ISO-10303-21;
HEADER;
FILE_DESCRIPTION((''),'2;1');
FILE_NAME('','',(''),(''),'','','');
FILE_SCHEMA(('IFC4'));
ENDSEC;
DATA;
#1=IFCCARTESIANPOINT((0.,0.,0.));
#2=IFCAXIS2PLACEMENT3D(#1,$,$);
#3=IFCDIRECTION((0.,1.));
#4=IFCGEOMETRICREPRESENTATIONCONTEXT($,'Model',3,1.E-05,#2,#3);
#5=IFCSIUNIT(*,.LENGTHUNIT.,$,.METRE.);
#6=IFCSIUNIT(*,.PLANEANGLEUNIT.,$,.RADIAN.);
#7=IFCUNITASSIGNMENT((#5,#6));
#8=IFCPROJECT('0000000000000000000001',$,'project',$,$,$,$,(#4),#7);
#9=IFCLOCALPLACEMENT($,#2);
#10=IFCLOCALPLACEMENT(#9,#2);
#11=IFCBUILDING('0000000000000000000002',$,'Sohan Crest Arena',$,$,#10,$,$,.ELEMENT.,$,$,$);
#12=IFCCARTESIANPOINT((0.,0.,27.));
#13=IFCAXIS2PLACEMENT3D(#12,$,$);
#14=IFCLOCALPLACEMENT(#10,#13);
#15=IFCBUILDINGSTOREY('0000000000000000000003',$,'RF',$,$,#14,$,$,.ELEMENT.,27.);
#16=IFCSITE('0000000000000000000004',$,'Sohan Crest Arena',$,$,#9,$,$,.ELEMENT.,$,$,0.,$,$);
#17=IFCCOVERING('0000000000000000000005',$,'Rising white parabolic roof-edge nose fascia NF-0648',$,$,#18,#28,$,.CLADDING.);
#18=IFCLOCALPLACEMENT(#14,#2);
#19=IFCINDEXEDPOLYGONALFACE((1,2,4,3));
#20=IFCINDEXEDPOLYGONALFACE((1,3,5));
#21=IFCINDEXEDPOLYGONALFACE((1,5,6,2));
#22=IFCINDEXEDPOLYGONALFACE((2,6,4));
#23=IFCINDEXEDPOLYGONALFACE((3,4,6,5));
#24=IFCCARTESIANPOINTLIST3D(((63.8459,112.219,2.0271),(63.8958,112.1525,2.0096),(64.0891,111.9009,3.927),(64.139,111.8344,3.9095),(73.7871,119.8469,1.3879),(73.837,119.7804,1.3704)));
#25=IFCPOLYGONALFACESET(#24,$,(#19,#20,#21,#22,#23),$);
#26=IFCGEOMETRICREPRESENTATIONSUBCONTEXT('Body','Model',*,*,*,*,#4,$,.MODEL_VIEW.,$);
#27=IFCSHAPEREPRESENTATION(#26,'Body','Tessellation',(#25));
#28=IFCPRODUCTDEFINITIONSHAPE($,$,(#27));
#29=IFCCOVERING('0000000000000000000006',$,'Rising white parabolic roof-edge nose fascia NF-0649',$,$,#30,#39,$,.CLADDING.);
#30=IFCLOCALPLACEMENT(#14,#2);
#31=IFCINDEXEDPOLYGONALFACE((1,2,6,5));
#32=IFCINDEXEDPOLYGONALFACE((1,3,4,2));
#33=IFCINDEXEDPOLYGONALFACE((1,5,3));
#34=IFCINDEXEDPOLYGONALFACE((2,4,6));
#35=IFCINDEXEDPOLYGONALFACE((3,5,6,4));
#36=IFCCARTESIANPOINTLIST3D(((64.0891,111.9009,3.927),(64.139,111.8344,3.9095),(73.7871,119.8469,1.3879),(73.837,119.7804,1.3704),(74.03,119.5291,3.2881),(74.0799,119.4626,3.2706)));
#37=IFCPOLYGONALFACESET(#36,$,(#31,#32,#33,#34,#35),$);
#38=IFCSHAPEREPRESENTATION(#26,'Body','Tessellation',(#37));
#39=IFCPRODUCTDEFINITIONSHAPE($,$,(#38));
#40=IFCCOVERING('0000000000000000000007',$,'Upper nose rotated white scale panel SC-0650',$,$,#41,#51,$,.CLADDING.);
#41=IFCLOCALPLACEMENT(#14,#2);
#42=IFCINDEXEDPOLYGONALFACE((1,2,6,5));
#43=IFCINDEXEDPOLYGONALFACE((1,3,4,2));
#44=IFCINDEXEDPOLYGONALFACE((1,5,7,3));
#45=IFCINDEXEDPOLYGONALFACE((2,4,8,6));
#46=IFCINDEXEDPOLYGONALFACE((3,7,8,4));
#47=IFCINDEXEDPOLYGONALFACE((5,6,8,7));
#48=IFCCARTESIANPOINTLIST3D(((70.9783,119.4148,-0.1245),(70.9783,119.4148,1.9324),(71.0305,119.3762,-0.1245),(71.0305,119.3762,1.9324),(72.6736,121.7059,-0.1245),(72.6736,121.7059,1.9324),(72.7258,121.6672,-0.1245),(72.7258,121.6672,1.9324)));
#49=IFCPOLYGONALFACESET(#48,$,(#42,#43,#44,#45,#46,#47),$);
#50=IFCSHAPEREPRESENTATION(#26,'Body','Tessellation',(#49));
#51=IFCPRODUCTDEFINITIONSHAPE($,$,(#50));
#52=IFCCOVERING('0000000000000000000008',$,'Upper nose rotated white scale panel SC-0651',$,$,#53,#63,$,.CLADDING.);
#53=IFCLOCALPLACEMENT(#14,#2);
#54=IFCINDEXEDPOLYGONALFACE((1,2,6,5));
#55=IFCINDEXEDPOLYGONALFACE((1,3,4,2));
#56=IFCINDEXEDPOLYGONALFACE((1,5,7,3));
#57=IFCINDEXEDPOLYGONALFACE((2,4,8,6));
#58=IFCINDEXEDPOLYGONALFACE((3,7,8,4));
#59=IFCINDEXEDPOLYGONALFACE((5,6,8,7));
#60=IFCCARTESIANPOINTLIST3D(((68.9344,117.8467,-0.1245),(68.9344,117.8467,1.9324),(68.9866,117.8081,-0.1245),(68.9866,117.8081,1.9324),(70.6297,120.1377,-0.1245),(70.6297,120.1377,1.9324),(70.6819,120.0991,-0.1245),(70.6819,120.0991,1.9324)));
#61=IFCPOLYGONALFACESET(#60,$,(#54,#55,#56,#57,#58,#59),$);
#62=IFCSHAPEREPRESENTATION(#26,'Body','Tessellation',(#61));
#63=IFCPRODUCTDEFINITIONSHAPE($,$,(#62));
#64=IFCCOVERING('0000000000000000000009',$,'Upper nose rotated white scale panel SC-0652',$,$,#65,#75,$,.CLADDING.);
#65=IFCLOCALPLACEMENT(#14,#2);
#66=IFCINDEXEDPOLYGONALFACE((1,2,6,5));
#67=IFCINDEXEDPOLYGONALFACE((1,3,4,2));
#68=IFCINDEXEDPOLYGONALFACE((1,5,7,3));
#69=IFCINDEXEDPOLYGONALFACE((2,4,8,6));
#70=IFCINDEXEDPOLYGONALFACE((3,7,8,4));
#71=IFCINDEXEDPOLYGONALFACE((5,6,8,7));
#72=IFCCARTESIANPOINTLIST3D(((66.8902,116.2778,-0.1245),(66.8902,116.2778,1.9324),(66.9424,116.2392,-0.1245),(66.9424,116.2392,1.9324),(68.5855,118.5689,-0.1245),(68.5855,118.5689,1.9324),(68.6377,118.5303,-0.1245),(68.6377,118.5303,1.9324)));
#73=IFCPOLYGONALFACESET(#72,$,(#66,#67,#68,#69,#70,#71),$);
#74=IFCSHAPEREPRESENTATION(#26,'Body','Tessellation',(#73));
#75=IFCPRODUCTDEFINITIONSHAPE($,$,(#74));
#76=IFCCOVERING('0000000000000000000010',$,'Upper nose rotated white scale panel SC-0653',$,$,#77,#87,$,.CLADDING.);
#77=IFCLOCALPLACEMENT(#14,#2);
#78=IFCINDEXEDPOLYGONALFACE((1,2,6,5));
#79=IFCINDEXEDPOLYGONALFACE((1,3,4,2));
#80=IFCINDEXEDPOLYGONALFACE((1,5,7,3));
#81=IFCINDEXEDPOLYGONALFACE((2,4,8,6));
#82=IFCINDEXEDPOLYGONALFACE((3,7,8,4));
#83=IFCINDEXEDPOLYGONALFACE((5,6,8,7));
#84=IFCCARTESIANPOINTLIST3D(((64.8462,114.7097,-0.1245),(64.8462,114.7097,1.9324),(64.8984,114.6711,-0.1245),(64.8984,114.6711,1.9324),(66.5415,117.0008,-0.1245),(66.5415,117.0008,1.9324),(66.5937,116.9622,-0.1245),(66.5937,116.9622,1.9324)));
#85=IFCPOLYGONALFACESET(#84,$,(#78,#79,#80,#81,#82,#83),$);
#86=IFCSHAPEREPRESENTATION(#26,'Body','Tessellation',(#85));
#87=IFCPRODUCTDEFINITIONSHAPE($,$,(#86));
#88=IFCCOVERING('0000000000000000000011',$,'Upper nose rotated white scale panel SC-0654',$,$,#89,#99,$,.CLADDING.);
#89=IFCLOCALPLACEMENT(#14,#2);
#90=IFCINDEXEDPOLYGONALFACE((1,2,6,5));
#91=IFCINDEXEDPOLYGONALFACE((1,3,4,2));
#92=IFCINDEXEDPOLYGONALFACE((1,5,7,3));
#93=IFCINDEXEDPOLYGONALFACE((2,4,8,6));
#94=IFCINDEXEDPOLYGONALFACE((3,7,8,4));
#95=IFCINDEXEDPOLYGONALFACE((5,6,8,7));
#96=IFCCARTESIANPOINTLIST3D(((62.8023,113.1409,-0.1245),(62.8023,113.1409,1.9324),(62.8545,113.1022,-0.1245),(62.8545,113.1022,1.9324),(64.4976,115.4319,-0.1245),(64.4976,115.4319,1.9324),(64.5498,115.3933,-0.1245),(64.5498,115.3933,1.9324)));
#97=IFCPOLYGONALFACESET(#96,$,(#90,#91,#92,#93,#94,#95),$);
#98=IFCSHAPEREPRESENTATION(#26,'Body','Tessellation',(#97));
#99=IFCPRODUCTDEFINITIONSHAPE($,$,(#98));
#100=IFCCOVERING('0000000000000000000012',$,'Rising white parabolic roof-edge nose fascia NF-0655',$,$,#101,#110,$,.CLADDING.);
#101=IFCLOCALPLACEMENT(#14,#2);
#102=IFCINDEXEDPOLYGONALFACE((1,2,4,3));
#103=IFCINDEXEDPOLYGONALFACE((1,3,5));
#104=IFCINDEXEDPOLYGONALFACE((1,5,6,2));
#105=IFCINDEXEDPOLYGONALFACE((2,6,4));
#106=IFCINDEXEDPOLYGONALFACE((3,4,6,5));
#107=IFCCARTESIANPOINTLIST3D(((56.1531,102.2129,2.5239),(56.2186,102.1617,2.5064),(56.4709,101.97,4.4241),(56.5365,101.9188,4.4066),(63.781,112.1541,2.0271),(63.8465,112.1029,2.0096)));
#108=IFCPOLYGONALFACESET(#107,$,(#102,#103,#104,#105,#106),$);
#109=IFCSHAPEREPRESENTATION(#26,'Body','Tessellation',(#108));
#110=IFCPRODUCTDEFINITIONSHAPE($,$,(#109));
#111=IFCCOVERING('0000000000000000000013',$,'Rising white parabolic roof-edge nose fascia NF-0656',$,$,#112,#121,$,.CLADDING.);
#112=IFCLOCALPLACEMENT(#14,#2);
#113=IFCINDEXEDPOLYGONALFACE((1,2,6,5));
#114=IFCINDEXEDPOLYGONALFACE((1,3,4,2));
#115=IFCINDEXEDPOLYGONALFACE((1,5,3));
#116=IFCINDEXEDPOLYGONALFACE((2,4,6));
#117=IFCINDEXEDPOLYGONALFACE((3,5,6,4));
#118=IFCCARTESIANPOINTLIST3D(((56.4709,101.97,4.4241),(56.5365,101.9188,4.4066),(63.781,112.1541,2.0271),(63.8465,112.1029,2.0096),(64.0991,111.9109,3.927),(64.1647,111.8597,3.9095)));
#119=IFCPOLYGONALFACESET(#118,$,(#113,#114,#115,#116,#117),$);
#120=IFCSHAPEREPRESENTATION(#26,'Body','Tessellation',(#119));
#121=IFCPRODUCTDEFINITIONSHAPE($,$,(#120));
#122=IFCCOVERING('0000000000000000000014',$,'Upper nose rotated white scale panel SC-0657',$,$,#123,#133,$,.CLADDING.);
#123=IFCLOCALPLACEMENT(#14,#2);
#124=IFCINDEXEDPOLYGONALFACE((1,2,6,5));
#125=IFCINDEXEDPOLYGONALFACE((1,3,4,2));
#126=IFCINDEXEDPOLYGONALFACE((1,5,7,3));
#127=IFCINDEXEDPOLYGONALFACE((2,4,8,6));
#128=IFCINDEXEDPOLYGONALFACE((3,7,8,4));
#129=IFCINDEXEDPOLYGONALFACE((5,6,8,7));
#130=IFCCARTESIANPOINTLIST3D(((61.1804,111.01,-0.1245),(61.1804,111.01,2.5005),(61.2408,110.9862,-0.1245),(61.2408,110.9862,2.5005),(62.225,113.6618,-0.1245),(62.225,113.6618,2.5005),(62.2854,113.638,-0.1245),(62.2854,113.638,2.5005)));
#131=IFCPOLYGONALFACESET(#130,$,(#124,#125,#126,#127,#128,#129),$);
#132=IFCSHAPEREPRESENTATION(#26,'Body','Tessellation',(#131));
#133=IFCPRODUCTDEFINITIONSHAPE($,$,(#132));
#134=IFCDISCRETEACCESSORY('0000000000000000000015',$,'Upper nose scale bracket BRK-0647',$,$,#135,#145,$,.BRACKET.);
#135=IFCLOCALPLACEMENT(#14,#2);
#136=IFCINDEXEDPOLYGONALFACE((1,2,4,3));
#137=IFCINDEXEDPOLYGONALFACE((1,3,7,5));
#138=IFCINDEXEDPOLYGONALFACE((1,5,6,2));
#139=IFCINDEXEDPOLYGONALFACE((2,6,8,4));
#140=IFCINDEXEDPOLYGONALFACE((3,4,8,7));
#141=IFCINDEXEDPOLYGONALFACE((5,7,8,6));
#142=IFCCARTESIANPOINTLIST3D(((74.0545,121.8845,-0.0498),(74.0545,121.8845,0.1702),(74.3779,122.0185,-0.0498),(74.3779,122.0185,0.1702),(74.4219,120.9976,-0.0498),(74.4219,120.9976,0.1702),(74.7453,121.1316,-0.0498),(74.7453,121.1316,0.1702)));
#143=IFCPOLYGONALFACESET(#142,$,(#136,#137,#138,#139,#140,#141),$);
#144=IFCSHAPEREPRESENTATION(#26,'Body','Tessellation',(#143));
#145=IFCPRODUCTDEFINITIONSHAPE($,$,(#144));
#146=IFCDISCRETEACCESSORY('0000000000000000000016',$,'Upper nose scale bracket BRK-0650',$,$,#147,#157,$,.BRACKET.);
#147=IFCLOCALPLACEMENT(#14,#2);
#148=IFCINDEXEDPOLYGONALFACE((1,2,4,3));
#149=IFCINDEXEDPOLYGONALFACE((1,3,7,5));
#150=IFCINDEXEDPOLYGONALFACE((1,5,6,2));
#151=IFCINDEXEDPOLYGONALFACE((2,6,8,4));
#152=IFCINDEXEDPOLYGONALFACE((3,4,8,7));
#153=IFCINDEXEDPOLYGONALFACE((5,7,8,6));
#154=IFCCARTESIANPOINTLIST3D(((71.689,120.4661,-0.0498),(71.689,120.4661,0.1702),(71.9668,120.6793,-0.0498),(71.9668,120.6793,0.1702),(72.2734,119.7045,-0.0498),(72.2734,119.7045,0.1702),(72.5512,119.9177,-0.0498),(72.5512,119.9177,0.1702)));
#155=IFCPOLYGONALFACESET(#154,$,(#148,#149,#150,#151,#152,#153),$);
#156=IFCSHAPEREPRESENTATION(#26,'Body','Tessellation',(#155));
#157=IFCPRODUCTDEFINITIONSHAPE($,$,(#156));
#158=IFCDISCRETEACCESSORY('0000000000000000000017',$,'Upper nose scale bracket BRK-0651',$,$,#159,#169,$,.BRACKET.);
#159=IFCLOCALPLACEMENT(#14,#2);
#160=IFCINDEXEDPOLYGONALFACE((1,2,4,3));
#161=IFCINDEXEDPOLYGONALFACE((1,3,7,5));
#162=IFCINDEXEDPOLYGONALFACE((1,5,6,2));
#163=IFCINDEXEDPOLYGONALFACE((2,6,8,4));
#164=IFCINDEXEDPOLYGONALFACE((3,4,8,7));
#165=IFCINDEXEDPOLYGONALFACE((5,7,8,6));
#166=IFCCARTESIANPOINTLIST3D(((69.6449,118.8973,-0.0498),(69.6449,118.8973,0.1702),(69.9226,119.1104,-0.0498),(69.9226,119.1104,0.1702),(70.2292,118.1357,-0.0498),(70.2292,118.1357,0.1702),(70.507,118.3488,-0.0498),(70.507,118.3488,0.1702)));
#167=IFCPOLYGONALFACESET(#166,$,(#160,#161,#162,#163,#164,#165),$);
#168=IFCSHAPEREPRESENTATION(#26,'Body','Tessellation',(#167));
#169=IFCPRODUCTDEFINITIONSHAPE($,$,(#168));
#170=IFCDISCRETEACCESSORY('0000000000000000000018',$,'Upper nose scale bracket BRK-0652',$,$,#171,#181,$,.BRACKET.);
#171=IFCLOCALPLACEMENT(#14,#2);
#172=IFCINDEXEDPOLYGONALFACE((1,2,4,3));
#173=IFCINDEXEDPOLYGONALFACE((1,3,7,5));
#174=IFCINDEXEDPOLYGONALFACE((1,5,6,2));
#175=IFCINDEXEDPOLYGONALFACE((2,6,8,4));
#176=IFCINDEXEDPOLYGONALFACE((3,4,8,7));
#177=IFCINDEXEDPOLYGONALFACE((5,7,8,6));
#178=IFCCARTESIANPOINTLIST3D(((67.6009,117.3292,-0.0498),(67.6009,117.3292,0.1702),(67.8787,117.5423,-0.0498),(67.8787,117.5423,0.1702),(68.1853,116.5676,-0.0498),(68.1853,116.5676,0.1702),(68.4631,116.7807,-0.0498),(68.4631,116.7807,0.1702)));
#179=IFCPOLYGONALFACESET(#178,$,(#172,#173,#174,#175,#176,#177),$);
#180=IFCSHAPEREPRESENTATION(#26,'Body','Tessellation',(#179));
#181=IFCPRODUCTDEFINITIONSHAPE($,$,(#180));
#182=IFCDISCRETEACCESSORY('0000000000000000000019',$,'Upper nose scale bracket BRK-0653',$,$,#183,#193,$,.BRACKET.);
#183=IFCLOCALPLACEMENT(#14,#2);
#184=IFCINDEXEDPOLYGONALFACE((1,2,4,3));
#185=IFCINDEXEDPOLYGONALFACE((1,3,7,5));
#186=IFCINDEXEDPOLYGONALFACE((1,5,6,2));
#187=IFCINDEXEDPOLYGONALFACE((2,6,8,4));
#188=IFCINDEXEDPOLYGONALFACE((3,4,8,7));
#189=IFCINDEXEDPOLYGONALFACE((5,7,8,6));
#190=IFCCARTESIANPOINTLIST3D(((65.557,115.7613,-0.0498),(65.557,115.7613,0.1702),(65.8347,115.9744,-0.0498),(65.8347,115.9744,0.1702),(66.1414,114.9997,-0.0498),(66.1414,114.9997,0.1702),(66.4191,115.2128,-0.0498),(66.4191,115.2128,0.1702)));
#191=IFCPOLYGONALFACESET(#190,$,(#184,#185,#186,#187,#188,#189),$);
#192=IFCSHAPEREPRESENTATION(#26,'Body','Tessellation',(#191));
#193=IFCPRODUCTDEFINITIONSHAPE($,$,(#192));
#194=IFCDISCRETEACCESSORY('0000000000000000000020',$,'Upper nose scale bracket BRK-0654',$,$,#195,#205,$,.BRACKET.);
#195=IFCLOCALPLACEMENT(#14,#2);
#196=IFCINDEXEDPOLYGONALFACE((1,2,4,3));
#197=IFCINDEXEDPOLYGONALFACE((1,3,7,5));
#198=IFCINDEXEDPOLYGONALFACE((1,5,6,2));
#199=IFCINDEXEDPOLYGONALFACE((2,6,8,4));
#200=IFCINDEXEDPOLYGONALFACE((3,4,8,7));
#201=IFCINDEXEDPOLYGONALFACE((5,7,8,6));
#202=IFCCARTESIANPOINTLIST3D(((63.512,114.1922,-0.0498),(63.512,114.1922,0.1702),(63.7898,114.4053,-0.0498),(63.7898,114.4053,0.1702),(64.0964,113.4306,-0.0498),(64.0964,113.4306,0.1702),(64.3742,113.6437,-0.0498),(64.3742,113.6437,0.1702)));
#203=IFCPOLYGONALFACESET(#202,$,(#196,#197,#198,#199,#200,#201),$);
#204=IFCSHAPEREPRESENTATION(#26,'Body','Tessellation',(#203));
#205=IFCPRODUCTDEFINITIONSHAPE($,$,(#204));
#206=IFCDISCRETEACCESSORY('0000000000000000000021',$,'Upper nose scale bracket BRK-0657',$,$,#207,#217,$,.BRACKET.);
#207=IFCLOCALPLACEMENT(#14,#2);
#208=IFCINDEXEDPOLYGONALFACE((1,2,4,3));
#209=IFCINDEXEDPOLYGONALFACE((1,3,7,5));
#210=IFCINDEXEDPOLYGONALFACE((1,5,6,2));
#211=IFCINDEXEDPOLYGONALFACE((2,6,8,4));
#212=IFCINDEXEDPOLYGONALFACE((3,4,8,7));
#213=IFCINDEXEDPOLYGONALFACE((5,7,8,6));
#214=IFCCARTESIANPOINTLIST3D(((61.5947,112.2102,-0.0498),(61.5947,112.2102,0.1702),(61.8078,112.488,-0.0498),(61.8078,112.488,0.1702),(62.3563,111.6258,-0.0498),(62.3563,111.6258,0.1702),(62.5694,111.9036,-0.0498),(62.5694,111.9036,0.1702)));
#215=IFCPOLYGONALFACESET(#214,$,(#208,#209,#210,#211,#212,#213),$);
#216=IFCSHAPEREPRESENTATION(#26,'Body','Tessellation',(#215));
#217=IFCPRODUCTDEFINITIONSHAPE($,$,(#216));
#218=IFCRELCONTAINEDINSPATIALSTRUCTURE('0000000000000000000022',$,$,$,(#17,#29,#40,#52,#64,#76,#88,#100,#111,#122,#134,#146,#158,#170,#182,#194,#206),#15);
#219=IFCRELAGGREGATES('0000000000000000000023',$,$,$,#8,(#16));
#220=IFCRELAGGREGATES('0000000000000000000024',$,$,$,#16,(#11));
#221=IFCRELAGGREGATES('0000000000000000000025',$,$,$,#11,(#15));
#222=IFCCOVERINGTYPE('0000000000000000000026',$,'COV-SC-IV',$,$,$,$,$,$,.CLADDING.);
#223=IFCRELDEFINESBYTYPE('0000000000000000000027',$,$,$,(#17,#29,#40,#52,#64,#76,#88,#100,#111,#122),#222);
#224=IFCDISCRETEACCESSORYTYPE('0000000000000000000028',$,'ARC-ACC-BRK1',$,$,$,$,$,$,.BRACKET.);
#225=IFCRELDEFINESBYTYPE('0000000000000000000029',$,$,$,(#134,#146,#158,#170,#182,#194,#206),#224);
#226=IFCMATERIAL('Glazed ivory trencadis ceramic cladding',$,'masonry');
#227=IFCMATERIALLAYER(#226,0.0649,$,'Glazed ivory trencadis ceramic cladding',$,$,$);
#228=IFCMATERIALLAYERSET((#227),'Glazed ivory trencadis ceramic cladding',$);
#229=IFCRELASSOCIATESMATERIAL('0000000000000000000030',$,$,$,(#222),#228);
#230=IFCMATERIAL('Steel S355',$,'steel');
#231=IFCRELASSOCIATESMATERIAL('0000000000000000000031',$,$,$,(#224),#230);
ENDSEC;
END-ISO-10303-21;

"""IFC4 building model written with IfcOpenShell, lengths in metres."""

from ifc_helpers import new_model, si_unit, direction, frame, origin, origin_2d, place, context, subcontext, project, spatial, polyline, rectangle, outline, extrude, material, layer, layer_set, type_object, element, save


model = new_model("IFC4")

# Units and contexts
model_context = context("Model", 3, precision=1e-05, world=origin(), true_north=direction((0.0, 1.0)))
body_context = subcontext(model_context, "Body", "Model", "MODEL_VIEW")
ifc_project = project(units=[si_unit("LENGTHUNIT", "METRE"), si_unit("PLANEANGLEUNIT", "RADIAN")], contexts=[model_context])

# Site, building, storey
site_placement = place(None, origin())
site = spatial("IfcSite", under=ifc_project, at=site_placement, Name="Sohan Crest Arena", CompositionType="ELEMENT", RefElevation=0.0)
building_placement = place(site_placement, origin())
building = spatial("IfcBuilding", under=site, at=building_placement, Name="Sohan Crest Arena", CompositionType="ELEMENT")
storey_placement = place(building_placement, frame((0.0, 0.0, 27.0)))
storey = spatial("IfcBuildingStorey", under=building, at=storey_placement, Name="RF", CompositionType="ELEMENT", Elevation=27.0)

# Shared definitions
ifc_material_1 = material(Name="Steel S355", Category="steel")

# Coverings
ifc_material_2 = material(Name="Glazed ivory trencadis ceramic cladding", Category="masonry")
ifc_layer_1 = layer(ifc_material_2, 0.0649, Name="Glazed ivory trencadis ceramic cladding")
ifc_layer_set_1 = layer_set([ifc_layer_1], Name="Glazed ivory trencadis ceramic cladding")
covering_type = type_object("IfcCoveringType", Name="COV-SC-IV", PredefinedType="CLADDING", material=ifc_layer_set_1)
covering_1_placement = place(storey_placement, frame((73.7871, 119.8469, 1.3879), z_axis=(-0.587288, 0.782667, 0.206214), x_axis=(-0.792331, -0.607961, 0.050942)))
element("IfcCovering", 1, at=covering_1_placement, inside=storey, type_object=covering_type, Name="Rising white parabolic roof-edge nose fascia NF-0648", PredefinedType="CLADDING", context=body_context, shape_type="SweptSolid", body=[
    extrude(outline(polyline([(0.0, 0.0), (12.5467, 0.0), (12.6443, 1.9392), (0.0, 0.0)])), origin(), (0.0, 0.0, -1.0), 0.085),
])
covering_2_placement = place(storey_placement, frame((73.7871, 119.8469, 1.3879), z_axis=(-0.587346, 0.782675, 0.20602), x_axis=(-0.758124, -0.621168, 0.198487)))
element("IfcCovering", 2, at=covering_2_placement, inside=storey, type_object=covering_type, Name="Rising white parabolic roof-edge nose fascia NF-0649", PredefinedType="CLADDING", context=body_context, shape_type="SweptSolid", body=[
    extrude(outline(polyline([(0.0, 0.0), (12.7921, 0.0), (0.3904, 1.9021), (0.0, 0.0)])), origin(), (0.0, 0.0, -1.0), 0.085),
])
for number, where, z_axis, x_axis, name in (
    (3, (71.8521, 120.541, -0.1245), (0.0, 0.0, 1.0), (-0.594823, -0.803857, 0.0), "Upper nose rotated white scale panel SC-0650"),
    (4, (69.8081, 118.9729, -0.1245), (0.0, 0.0, 1.0), (-0.594823, -0.803857, 0.0), "Upper nose rotated white scale panel SC-0651"),
    (5, (67.7639, 117.4041, -0.1245), (0.0, 0.0, 1.0), (-0.594823, -0.803857, 0.0), "Upper nose rotated white scale panel SC-0652"),
    (6, (65.72, 115.8359, -0.1245), (0.0, 0.0, 1.0), (-0.594823, -0.803857, 0.0), "Upper nose rotated white scale panel SC-0653"),
    (7, (63.676, 114.2671, -0.1245), (0.0, 0.0, 1.0), (-0.594823, -0.803857, 0.0), "Upper nose rotated white scale panel SC-0654"),
):
    element("IfcCovering", number, at=place(storey_placement, frame(where, z_axis=z_axis, x_axis=x_axis)), inside=storey, type_object=covering_type, Name=name, PredefinedType="CLADDING", context=body_context, shape_type="SweptSolid", body=[
        extrude(rectangle(XDim=2.8501, YDim=0.0649, at=origin_2d()), origin(), (0.0, 0.0, 1.0), 2.0569),
    ])
covering_3_placement = place(storey_placement, frame((63.781, 112.1541, 2.0271), z_axis=(-0.771342, 0.602153, 0.206017), x_axis=(-0.608274, -0.792738, 0.039618)))
element("IfcCovering", 8, at=covering_3_placement, inside=storey, type_object=covering_type, Name="Rising white parabolic roof-edge nose fascia NF-0655", PredefinedType="CLADDING", context=body_context, shape_type="SweptSolid", body=[
    extrude(outline(polyline([(0.0, 0.0), (12.5403, 0.0), (12.6148, 1.9404), (0.0, 0.0)])), origin(), (0.0, 0.0, -1.0), 0.085),
])
covering_4_placement = place(storey_placement, frame((63.781, 112.1541, 2.0271), z_axis=(-0.771286, 0.602158, 0.206211), x_axis=(-0.572747, -0.797929, 0.187804)))
element("IfcCovering", 9, at=covering_4_placement, inside=storey, type_object=covering_type, Name="Rising white parabolic roof-edge nose fascia NF-0656", PredefinedType="CLADDING", context=body_context, shape_type="SweptSolid", body=[
    extrude(outline(polyline([(0.0, 0.0), (12.7631, 0.0), (0.3686, 1.9063), (0.0, 0.0)])), origin(), (0.0, 0.0, -1.0), 0.085),
])
covering_5_placement = place(storey_placement, frame((61.7329, 112.324, -0.1245), z_axis=(0.0, 0.0, 1.0), x_axis=(-0.366501, -0.930418, 0.0)))
element("IfcCovering", 10, at=covering_5_placement, inside=storey, type_object=covering_type, Name="Upper nose rotated white scale panel SC-0657", PredefinedType="CLADDING", context=body_context, shape_type="SweptSolid", body=[
    extrude(rectangle(XDim=2.8501, YDim=0.0649, at=origin_2d()), origin(), (0.0, 0.0, 1.0), 2.625),
])

# Discrete accessories
discrete_accessory_type = type_object("IfcDiscreteAccessoryType", Name="ARC-ACC-BRK1", PredefinedType="BRACKET", material=ifc_material_1)
for number, where, z_axis, x_axis, name in (
    (11, (74.3999, 121.5081, -0.0498), (0.0, 0.0, 1.0), (-0.92388, -0.382683, 0.0), "Upper nose scale bracket BRK-0647"),
    (12, (72.1201, 120.1919, -0.0498), (0.0, 0.0, 1.0), (-0.793353, -0.608761, 0.0), "Upper nose scale bracket BRK-0650"),
    (13, (70.0759, 118.623, -0.0498), (0.0, 0.0, 1.0), (-0.793353, -0.608761, 0.0), "Upper nose scale bracket BRK-0651"),
    (14, (68.032, 117.0549, -0.0498), (0.0, 0.0, 1.0), (-0.793353, -0.608761, 0.0), "Upper nose scale bracket BRK-0652"),
    (15, (65.988, 115.4871, -0.0498), (0.0, 0.0, 1.0), (-0.793353, -0.608761, 0.0), "Upper nose scale bracket BRK-0653"),
    (16, (63.9431, 113.918, -0.0498), (0.0, 0.0, 1.0), (-0.793353, -0.608761, 0.0), "Upper nose scale bracket BRK-0654"),
    (17, (62.082, 112.0569, -0.0498), (0.0, 0.0, 1.0), (-0.608761, -0.793353, 0.0), "Upper nose scale bracket BRK-0657"),
):
    element("IfcDiscreteAccessory", number, at=place(storey_placement, frame(where, z_axis=z_axis, x_axis=x_axis)), inside=storey, type_object=discrete_accessory_type, Name=name, PredefinedType="BRACKET", context=body_context, shape_type="SweptSolid", body=[
        extrude(rectangle(XDim=0.3501, YDim=0.96, at=origin_2d()), origin(), (0.0, 0.0, 1.0), 0.22),
    ])

save(model, "model.ifc")
